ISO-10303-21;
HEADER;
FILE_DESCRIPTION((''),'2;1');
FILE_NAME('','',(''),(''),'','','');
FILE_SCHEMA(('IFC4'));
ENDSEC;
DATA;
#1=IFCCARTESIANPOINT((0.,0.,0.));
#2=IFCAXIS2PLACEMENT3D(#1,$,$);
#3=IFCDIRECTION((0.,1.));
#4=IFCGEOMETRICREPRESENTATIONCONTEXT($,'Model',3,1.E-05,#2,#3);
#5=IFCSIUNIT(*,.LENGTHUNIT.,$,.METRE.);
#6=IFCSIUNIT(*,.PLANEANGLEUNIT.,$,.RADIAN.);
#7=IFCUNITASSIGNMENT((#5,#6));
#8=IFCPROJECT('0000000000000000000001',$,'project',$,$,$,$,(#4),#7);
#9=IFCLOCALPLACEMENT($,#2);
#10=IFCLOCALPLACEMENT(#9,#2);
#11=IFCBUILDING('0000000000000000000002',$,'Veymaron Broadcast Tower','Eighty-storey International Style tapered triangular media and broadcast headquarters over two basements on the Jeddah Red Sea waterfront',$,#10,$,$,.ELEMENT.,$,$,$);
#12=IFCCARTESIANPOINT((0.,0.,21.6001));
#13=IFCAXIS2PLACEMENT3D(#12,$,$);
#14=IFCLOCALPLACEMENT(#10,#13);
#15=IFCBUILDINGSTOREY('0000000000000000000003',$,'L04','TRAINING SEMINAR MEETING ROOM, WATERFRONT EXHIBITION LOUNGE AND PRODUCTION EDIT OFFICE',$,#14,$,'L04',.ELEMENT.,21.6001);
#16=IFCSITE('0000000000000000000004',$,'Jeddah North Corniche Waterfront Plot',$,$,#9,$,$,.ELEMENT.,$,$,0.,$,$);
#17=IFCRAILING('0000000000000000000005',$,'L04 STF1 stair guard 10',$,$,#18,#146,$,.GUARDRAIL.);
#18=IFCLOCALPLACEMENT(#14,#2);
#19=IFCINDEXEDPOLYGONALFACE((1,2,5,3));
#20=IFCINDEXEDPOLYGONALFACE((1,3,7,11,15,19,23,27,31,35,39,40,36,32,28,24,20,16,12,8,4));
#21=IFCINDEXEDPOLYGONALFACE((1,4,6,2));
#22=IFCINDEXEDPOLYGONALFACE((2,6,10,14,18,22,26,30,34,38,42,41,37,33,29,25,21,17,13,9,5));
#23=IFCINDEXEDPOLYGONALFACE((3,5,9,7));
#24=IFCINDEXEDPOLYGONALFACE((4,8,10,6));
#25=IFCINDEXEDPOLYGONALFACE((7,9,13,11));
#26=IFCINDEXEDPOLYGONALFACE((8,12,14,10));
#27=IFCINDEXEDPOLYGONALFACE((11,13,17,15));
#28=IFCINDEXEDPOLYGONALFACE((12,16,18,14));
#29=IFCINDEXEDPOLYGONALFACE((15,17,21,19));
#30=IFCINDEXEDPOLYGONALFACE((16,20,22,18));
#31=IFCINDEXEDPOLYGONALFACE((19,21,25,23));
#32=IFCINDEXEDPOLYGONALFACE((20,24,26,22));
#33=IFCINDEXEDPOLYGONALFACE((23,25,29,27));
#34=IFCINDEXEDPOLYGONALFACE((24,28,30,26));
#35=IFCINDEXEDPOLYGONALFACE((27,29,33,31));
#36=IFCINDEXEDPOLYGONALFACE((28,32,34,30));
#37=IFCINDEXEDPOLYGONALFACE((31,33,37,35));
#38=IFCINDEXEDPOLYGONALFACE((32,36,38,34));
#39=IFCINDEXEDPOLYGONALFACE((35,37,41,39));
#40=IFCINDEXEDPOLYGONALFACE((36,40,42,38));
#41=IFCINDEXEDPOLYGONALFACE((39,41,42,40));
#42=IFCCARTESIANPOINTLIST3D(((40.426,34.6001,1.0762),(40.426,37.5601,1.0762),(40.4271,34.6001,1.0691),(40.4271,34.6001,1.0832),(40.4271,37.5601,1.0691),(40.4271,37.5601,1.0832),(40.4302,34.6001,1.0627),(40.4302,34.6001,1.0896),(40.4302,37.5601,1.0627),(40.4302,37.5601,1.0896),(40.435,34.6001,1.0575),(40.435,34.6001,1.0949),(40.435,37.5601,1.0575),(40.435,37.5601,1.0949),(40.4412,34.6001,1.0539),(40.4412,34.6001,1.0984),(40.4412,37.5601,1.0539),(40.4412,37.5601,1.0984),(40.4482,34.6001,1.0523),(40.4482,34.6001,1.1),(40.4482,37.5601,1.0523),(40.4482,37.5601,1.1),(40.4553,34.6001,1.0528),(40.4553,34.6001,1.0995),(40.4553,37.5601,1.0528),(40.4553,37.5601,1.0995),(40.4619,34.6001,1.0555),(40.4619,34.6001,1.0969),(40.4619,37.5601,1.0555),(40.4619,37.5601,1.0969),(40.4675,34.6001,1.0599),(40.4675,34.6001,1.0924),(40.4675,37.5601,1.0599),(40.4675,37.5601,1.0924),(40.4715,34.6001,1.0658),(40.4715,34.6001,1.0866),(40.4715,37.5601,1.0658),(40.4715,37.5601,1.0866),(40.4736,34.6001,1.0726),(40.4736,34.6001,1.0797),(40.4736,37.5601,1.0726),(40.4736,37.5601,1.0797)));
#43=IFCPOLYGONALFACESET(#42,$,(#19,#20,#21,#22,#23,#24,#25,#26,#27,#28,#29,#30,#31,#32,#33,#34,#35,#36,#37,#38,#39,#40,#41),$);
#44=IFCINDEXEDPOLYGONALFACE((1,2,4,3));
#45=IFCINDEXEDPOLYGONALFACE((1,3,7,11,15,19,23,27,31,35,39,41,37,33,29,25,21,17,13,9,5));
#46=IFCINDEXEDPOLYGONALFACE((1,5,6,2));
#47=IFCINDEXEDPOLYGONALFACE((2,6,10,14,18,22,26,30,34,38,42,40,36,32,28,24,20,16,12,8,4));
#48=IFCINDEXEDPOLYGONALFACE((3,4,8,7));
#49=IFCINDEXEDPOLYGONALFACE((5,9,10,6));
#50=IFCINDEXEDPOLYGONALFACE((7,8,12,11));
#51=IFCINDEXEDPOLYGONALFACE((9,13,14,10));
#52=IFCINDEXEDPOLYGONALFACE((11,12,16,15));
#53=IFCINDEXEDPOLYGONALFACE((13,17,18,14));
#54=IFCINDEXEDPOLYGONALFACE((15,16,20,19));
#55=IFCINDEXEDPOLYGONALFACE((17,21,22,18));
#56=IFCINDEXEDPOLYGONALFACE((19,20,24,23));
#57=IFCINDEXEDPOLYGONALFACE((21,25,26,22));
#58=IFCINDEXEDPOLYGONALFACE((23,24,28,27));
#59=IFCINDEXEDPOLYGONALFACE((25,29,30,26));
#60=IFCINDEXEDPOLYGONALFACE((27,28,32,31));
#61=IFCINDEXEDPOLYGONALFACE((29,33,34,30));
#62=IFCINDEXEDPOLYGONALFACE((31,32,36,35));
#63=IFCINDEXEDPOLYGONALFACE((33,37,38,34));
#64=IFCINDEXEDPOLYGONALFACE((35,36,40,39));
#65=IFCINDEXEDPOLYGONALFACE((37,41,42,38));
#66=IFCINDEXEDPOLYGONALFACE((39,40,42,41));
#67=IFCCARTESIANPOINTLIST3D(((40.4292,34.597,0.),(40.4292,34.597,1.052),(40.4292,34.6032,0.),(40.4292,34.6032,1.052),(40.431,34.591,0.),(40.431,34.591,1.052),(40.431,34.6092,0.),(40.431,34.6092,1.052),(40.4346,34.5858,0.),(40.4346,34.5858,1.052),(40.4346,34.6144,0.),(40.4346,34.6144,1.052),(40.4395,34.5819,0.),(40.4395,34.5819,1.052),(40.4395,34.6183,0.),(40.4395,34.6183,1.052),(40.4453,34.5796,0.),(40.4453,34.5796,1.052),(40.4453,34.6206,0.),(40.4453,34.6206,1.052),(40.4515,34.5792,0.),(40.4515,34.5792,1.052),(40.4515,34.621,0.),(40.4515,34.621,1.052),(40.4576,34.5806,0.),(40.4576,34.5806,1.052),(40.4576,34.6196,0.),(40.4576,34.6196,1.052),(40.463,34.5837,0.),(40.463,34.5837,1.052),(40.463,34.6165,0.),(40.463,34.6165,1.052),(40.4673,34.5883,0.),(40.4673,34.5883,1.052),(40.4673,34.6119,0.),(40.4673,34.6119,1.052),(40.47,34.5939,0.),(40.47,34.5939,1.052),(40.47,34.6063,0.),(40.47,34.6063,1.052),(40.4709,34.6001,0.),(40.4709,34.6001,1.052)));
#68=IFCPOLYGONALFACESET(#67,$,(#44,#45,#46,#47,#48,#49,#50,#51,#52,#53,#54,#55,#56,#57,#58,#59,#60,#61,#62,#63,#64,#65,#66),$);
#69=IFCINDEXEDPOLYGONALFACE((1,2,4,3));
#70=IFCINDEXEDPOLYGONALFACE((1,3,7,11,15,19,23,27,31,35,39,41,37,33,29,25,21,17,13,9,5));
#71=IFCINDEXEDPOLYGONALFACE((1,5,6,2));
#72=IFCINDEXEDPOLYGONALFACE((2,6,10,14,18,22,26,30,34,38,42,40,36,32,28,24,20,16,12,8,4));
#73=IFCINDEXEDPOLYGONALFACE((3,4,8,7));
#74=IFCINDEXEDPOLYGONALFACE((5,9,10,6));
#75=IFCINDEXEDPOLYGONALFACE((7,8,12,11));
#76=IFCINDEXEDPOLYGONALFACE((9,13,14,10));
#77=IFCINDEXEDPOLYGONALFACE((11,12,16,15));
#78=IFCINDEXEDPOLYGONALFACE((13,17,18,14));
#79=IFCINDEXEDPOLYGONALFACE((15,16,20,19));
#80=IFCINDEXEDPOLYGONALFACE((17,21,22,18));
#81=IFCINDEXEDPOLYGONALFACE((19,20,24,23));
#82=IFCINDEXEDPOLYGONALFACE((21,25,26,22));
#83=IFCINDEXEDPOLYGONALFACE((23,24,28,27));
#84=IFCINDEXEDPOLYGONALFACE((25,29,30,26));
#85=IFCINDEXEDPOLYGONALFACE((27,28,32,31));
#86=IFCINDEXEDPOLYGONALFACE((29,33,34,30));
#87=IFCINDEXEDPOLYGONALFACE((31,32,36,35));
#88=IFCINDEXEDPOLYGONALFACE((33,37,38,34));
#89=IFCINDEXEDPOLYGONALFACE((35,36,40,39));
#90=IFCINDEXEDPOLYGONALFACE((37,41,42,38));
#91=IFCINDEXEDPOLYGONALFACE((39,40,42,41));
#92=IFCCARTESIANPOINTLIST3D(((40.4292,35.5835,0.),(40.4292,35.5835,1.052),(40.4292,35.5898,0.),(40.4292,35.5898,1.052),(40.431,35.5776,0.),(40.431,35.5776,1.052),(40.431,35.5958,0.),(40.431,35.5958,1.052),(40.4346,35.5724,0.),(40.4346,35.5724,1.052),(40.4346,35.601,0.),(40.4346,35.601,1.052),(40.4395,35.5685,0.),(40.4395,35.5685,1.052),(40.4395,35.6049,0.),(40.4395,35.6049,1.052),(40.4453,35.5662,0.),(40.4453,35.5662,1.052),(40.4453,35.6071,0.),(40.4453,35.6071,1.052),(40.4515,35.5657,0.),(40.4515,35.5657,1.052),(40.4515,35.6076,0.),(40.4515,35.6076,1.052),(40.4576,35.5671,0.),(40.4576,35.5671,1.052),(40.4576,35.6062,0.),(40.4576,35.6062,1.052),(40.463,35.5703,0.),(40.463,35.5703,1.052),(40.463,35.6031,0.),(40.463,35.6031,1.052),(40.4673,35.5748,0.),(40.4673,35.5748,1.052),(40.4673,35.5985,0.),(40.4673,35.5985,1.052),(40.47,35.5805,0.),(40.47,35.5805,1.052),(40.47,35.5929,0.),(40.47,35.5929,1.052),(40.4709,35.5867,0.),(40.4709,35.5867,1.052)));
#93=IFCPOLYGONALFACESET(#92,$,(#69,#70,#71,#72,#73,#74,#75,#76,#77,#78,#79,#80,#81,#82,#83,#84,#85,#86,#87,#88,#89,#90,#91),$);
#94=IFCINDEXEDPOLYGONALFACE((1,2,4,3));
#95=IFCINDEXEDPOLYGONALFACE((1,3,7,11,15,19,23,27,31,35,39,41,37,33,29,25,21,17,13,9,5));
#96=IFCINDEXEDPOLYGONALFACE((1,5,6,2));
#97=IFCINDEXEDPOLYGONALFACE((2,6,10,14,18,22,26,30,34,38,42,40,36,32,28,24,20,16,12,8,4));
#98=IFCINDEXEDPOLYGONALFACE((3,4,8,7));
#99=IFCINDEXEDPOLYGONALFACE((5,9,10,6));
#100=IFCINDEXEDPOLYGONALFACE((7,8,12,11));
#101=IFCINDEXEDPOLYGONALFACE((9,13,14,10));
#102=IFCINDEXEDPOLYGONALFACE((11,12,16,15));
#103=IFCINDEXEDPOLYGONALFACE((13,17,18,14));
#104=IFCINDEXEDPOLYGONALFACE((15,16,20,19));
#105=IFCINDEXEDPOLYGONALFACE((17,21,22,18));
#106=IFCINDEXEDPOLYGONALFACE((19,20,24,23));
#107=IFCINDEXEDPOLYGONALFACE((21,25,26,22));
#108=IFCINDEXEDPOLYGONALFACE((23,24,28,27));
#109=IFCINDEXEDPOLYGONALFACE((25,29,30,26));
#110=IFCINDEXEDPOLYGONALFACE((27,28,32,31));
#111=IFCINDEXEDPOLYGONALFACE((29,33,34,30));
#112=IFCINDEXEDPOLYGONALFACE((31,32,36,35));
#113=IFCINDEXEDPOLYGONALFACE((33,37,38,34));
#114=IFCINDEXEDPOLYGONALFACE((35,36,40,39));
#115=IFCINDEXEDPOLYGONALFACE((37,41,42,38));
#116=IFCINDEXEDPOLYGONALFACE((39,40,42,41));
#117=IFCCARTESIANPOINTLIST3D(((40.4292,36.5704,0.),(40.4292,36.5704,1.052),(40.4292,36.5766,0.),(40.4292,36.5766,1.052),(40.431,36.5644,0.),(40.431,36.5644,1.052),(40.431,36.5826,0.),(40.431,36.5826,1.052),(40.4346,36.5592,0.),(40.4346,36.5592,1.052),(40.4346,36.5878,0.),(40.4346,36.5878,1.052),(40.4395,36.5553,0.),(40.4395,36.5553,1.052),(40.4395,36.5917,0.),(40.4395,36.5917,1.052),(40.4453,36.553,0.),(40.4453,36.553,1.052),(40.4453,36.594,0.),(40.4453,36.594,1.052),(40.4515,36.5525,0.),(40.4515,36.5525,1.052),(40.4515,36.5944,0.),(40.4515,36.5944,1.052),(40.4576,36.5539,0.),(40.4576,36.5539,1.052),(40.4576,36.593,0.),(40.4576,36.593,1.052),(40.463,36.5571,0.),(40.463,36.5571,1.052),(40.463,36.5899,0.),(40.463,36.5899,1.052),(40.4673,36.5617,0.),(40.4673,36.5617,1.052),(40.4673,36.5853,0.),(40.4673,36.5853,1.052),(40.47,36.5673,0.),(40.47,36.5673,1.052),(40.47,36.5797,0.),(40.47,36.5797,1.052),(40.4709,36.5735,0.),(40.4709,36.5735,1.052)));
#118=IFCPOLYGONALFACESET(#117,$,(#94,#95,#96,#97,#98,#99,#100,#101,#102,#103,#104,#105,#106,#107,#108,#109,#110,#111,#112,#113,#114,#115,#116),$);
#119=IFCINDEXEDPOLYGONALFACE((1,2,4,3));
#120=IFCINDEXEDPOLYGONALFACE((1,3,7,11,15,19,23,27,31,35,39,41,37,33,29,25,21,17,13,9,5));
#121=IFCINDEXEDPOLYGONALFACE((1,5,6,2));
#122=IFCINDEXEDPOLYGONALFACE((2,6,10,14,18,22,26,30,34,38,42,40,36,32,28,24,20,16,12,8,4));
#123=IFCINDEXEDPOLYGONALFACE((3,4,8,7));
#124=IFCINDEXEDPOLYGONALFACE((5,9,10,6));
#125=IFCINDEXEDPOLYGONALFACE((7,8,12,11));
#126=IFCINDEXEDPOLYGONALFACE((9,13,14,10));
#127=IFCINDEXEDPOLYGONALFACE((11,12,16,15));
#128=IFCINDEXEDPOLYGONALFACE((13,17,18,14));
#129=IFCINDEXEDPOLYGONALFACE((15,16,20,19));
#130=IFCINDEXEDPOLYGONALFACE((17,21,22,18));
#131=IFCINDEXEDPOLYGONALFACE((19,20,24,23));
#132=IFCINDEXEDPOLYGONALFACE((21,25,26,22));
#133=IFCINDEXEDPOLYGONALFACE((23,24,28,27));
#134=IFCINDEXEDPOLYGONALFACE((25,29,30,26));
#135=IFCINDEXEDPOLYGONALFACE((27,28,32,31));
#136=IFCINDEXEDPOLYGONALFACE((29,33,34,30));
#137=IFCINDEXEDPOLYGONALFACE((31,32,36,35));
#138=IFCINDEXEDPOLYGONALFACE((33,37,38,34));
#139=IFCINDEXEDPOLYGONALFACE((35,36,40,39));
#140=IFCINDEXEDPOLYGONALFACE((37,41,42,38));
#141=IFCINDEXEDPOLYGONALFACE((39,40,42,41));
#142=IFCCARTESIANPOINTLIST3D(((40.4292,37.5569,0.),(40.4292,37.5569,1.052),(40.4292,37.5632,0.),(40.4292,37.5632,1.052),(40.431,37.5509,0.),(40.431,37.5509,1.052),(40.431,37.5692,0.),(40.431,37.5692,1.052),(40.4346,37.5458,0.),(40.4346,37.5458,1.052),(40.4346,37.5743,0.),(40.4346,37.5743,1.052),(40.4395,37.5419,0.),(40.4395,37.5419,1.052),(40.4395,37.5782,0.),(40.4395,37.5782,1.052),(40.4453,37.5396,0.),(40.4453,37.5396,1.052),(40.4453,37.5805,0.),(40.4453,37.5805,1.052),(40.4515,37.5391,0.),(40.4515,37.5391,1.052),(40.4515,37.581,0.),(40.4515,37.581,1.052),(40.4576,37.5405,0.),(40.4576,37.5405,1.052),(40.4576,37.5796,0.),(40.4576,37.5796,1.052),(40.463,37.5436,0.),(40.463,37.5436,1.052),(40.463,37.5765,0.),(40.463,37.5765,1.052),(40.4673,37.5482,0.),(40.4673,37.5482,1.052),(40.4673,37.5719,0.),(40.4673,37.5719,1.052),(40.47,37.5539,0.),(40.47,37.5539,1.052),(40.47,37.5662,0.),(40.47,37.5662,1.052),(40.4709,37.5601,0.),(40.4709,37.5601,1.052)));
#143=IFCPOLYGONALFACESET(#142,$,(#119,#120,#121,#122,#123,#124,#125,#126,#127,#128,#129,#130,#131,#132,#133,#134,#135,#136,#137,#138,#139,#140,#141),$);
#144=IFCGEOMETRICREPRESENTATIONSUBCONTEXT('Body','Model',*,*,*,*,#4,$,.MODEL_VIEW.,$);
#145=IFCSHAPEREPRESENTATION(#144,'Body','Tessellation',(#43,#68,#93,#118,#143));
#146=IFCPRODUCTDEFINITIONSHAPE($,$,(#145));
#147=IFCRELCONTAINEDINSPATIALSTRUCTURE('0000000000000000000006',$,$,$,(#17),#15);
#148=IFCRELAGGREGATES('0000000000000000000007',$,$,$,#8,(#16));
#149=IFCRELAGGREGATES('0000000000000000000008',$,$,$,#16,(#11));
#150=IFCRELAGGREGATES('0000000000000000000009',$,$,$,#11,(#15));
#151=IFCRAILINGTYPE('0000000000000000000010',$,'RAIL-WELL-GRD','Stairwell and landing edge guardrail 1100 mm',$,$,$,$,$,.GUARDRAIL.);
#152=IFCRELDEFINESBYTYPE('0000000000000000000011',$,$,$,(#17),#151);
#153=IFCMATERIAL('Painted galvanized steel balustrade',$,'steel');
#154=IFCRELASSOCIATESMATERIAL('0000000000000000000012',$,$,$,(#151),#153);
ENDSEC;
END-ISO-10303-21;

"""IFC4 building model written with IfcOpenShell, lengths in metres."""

from ifc_helpers import new_model, si_unit, direction, frame, origin, origin_2d, place, context, subcontext, project, spatial, circle, extrude, material, type_object, element, save


model = new_model("IFC4")

# Units and contexts
model_context = context("Model", 3, precision=1e-05, world=origin(), true_north=direction((0.0, 1.0)))
body_context = subcontext(model_context, "Body", "Model", "MODEL_VIEW")
ifc_project = project(units=[si_unit("LENGTHUNIT", "METRE"), si_unit("PLANEANGLEUNIT", "RADIAN")], contexts=[model_context])

# Site, building, storey
site_placement = place(None, origin())
site = spatial("IfcSite", under=ifc_project, at=site_placement, Name="Jeddah North Corniche Waterfront Plot", CompositionType="ELEMENT", RefElevation=0.0)
building_placement = place(site_placement, origin())
building = spatial("IfcBuilding", under=site, at=building_placement, Name="Veymaron Broadcast Tower", Description="Eighty-storey International Style tapered triangular media and broadcast headquarters over two basements on the Jeddah Red Sea waterfront", CompositionType="ELEMENT")
storey_placement = place(building_placement, frame((0.0, 0.0, 21.6001)))
storey = spatial("IfcBuildingStorey", under=building, at=storey_placement, Name="L04", Description="TRAINING SEMINAR MEETING ROOM, WATERFRONT EXHIBITION LOUNGE AND PRODUCTION EDIT OFFICE", LongName="L04", CompositionType="ELEMENT", Elevation=21.6001)

# Railing
ifc_material_1 = material(Name="Painted galvanized steel balustrade", Category="steel")
railing_type_1 = type_object("IfcRailingType", Name="RAIL-WELL-GRD", Description="Stairwell and landing edge guardrail 1100 mm", PredefinedType="GUARDRAIL", material=ifc_material_1)
railing_1_placement = place(storey_placement, frame((40.45, 34.6001, 0.0)))
element("IfcRailing", 1, at=railing_1_placement, inside=storey, type_object=railing_type_1, Name="L04 STF1 stair guard 10", PredefinedType="GUARDRAIL", context=body_context, shape_type="SweptSolid", body=[
    extrude(circle(Radius=0.0239, at=origin_2d()), frame((0.0, 0.0, 1.0762), z_axis=(0.0, 1.0, 0.0), x_axis=(-1.0, 0.0, 0.0)), (0.0, 0.0, 1.0), 2.96),
    extrude(circle(Radius=0.021, at=origin_2d()), origin(), (0.0, 0.0, 1.0), 1.052),
    extrude(circle(Radius=0.021, at=origin_2d()), frame((0.0, 0.9866, 0.0)), (0.0, 0.0, 1.0), 1.052),
    extrude(circle(Radius=0.021, at=origin_2d()), frame((0.0, 1.9734, 0.0)), (0.0, 0.0, 1.0), 1.052),
    extrude(circle(Radius=0.021, at=origin_2d()), frame((0.0, 2.96, 0.0)), (0.0, 0.0, 1.0), 1.052),
])

save(model, "model.ifc")
